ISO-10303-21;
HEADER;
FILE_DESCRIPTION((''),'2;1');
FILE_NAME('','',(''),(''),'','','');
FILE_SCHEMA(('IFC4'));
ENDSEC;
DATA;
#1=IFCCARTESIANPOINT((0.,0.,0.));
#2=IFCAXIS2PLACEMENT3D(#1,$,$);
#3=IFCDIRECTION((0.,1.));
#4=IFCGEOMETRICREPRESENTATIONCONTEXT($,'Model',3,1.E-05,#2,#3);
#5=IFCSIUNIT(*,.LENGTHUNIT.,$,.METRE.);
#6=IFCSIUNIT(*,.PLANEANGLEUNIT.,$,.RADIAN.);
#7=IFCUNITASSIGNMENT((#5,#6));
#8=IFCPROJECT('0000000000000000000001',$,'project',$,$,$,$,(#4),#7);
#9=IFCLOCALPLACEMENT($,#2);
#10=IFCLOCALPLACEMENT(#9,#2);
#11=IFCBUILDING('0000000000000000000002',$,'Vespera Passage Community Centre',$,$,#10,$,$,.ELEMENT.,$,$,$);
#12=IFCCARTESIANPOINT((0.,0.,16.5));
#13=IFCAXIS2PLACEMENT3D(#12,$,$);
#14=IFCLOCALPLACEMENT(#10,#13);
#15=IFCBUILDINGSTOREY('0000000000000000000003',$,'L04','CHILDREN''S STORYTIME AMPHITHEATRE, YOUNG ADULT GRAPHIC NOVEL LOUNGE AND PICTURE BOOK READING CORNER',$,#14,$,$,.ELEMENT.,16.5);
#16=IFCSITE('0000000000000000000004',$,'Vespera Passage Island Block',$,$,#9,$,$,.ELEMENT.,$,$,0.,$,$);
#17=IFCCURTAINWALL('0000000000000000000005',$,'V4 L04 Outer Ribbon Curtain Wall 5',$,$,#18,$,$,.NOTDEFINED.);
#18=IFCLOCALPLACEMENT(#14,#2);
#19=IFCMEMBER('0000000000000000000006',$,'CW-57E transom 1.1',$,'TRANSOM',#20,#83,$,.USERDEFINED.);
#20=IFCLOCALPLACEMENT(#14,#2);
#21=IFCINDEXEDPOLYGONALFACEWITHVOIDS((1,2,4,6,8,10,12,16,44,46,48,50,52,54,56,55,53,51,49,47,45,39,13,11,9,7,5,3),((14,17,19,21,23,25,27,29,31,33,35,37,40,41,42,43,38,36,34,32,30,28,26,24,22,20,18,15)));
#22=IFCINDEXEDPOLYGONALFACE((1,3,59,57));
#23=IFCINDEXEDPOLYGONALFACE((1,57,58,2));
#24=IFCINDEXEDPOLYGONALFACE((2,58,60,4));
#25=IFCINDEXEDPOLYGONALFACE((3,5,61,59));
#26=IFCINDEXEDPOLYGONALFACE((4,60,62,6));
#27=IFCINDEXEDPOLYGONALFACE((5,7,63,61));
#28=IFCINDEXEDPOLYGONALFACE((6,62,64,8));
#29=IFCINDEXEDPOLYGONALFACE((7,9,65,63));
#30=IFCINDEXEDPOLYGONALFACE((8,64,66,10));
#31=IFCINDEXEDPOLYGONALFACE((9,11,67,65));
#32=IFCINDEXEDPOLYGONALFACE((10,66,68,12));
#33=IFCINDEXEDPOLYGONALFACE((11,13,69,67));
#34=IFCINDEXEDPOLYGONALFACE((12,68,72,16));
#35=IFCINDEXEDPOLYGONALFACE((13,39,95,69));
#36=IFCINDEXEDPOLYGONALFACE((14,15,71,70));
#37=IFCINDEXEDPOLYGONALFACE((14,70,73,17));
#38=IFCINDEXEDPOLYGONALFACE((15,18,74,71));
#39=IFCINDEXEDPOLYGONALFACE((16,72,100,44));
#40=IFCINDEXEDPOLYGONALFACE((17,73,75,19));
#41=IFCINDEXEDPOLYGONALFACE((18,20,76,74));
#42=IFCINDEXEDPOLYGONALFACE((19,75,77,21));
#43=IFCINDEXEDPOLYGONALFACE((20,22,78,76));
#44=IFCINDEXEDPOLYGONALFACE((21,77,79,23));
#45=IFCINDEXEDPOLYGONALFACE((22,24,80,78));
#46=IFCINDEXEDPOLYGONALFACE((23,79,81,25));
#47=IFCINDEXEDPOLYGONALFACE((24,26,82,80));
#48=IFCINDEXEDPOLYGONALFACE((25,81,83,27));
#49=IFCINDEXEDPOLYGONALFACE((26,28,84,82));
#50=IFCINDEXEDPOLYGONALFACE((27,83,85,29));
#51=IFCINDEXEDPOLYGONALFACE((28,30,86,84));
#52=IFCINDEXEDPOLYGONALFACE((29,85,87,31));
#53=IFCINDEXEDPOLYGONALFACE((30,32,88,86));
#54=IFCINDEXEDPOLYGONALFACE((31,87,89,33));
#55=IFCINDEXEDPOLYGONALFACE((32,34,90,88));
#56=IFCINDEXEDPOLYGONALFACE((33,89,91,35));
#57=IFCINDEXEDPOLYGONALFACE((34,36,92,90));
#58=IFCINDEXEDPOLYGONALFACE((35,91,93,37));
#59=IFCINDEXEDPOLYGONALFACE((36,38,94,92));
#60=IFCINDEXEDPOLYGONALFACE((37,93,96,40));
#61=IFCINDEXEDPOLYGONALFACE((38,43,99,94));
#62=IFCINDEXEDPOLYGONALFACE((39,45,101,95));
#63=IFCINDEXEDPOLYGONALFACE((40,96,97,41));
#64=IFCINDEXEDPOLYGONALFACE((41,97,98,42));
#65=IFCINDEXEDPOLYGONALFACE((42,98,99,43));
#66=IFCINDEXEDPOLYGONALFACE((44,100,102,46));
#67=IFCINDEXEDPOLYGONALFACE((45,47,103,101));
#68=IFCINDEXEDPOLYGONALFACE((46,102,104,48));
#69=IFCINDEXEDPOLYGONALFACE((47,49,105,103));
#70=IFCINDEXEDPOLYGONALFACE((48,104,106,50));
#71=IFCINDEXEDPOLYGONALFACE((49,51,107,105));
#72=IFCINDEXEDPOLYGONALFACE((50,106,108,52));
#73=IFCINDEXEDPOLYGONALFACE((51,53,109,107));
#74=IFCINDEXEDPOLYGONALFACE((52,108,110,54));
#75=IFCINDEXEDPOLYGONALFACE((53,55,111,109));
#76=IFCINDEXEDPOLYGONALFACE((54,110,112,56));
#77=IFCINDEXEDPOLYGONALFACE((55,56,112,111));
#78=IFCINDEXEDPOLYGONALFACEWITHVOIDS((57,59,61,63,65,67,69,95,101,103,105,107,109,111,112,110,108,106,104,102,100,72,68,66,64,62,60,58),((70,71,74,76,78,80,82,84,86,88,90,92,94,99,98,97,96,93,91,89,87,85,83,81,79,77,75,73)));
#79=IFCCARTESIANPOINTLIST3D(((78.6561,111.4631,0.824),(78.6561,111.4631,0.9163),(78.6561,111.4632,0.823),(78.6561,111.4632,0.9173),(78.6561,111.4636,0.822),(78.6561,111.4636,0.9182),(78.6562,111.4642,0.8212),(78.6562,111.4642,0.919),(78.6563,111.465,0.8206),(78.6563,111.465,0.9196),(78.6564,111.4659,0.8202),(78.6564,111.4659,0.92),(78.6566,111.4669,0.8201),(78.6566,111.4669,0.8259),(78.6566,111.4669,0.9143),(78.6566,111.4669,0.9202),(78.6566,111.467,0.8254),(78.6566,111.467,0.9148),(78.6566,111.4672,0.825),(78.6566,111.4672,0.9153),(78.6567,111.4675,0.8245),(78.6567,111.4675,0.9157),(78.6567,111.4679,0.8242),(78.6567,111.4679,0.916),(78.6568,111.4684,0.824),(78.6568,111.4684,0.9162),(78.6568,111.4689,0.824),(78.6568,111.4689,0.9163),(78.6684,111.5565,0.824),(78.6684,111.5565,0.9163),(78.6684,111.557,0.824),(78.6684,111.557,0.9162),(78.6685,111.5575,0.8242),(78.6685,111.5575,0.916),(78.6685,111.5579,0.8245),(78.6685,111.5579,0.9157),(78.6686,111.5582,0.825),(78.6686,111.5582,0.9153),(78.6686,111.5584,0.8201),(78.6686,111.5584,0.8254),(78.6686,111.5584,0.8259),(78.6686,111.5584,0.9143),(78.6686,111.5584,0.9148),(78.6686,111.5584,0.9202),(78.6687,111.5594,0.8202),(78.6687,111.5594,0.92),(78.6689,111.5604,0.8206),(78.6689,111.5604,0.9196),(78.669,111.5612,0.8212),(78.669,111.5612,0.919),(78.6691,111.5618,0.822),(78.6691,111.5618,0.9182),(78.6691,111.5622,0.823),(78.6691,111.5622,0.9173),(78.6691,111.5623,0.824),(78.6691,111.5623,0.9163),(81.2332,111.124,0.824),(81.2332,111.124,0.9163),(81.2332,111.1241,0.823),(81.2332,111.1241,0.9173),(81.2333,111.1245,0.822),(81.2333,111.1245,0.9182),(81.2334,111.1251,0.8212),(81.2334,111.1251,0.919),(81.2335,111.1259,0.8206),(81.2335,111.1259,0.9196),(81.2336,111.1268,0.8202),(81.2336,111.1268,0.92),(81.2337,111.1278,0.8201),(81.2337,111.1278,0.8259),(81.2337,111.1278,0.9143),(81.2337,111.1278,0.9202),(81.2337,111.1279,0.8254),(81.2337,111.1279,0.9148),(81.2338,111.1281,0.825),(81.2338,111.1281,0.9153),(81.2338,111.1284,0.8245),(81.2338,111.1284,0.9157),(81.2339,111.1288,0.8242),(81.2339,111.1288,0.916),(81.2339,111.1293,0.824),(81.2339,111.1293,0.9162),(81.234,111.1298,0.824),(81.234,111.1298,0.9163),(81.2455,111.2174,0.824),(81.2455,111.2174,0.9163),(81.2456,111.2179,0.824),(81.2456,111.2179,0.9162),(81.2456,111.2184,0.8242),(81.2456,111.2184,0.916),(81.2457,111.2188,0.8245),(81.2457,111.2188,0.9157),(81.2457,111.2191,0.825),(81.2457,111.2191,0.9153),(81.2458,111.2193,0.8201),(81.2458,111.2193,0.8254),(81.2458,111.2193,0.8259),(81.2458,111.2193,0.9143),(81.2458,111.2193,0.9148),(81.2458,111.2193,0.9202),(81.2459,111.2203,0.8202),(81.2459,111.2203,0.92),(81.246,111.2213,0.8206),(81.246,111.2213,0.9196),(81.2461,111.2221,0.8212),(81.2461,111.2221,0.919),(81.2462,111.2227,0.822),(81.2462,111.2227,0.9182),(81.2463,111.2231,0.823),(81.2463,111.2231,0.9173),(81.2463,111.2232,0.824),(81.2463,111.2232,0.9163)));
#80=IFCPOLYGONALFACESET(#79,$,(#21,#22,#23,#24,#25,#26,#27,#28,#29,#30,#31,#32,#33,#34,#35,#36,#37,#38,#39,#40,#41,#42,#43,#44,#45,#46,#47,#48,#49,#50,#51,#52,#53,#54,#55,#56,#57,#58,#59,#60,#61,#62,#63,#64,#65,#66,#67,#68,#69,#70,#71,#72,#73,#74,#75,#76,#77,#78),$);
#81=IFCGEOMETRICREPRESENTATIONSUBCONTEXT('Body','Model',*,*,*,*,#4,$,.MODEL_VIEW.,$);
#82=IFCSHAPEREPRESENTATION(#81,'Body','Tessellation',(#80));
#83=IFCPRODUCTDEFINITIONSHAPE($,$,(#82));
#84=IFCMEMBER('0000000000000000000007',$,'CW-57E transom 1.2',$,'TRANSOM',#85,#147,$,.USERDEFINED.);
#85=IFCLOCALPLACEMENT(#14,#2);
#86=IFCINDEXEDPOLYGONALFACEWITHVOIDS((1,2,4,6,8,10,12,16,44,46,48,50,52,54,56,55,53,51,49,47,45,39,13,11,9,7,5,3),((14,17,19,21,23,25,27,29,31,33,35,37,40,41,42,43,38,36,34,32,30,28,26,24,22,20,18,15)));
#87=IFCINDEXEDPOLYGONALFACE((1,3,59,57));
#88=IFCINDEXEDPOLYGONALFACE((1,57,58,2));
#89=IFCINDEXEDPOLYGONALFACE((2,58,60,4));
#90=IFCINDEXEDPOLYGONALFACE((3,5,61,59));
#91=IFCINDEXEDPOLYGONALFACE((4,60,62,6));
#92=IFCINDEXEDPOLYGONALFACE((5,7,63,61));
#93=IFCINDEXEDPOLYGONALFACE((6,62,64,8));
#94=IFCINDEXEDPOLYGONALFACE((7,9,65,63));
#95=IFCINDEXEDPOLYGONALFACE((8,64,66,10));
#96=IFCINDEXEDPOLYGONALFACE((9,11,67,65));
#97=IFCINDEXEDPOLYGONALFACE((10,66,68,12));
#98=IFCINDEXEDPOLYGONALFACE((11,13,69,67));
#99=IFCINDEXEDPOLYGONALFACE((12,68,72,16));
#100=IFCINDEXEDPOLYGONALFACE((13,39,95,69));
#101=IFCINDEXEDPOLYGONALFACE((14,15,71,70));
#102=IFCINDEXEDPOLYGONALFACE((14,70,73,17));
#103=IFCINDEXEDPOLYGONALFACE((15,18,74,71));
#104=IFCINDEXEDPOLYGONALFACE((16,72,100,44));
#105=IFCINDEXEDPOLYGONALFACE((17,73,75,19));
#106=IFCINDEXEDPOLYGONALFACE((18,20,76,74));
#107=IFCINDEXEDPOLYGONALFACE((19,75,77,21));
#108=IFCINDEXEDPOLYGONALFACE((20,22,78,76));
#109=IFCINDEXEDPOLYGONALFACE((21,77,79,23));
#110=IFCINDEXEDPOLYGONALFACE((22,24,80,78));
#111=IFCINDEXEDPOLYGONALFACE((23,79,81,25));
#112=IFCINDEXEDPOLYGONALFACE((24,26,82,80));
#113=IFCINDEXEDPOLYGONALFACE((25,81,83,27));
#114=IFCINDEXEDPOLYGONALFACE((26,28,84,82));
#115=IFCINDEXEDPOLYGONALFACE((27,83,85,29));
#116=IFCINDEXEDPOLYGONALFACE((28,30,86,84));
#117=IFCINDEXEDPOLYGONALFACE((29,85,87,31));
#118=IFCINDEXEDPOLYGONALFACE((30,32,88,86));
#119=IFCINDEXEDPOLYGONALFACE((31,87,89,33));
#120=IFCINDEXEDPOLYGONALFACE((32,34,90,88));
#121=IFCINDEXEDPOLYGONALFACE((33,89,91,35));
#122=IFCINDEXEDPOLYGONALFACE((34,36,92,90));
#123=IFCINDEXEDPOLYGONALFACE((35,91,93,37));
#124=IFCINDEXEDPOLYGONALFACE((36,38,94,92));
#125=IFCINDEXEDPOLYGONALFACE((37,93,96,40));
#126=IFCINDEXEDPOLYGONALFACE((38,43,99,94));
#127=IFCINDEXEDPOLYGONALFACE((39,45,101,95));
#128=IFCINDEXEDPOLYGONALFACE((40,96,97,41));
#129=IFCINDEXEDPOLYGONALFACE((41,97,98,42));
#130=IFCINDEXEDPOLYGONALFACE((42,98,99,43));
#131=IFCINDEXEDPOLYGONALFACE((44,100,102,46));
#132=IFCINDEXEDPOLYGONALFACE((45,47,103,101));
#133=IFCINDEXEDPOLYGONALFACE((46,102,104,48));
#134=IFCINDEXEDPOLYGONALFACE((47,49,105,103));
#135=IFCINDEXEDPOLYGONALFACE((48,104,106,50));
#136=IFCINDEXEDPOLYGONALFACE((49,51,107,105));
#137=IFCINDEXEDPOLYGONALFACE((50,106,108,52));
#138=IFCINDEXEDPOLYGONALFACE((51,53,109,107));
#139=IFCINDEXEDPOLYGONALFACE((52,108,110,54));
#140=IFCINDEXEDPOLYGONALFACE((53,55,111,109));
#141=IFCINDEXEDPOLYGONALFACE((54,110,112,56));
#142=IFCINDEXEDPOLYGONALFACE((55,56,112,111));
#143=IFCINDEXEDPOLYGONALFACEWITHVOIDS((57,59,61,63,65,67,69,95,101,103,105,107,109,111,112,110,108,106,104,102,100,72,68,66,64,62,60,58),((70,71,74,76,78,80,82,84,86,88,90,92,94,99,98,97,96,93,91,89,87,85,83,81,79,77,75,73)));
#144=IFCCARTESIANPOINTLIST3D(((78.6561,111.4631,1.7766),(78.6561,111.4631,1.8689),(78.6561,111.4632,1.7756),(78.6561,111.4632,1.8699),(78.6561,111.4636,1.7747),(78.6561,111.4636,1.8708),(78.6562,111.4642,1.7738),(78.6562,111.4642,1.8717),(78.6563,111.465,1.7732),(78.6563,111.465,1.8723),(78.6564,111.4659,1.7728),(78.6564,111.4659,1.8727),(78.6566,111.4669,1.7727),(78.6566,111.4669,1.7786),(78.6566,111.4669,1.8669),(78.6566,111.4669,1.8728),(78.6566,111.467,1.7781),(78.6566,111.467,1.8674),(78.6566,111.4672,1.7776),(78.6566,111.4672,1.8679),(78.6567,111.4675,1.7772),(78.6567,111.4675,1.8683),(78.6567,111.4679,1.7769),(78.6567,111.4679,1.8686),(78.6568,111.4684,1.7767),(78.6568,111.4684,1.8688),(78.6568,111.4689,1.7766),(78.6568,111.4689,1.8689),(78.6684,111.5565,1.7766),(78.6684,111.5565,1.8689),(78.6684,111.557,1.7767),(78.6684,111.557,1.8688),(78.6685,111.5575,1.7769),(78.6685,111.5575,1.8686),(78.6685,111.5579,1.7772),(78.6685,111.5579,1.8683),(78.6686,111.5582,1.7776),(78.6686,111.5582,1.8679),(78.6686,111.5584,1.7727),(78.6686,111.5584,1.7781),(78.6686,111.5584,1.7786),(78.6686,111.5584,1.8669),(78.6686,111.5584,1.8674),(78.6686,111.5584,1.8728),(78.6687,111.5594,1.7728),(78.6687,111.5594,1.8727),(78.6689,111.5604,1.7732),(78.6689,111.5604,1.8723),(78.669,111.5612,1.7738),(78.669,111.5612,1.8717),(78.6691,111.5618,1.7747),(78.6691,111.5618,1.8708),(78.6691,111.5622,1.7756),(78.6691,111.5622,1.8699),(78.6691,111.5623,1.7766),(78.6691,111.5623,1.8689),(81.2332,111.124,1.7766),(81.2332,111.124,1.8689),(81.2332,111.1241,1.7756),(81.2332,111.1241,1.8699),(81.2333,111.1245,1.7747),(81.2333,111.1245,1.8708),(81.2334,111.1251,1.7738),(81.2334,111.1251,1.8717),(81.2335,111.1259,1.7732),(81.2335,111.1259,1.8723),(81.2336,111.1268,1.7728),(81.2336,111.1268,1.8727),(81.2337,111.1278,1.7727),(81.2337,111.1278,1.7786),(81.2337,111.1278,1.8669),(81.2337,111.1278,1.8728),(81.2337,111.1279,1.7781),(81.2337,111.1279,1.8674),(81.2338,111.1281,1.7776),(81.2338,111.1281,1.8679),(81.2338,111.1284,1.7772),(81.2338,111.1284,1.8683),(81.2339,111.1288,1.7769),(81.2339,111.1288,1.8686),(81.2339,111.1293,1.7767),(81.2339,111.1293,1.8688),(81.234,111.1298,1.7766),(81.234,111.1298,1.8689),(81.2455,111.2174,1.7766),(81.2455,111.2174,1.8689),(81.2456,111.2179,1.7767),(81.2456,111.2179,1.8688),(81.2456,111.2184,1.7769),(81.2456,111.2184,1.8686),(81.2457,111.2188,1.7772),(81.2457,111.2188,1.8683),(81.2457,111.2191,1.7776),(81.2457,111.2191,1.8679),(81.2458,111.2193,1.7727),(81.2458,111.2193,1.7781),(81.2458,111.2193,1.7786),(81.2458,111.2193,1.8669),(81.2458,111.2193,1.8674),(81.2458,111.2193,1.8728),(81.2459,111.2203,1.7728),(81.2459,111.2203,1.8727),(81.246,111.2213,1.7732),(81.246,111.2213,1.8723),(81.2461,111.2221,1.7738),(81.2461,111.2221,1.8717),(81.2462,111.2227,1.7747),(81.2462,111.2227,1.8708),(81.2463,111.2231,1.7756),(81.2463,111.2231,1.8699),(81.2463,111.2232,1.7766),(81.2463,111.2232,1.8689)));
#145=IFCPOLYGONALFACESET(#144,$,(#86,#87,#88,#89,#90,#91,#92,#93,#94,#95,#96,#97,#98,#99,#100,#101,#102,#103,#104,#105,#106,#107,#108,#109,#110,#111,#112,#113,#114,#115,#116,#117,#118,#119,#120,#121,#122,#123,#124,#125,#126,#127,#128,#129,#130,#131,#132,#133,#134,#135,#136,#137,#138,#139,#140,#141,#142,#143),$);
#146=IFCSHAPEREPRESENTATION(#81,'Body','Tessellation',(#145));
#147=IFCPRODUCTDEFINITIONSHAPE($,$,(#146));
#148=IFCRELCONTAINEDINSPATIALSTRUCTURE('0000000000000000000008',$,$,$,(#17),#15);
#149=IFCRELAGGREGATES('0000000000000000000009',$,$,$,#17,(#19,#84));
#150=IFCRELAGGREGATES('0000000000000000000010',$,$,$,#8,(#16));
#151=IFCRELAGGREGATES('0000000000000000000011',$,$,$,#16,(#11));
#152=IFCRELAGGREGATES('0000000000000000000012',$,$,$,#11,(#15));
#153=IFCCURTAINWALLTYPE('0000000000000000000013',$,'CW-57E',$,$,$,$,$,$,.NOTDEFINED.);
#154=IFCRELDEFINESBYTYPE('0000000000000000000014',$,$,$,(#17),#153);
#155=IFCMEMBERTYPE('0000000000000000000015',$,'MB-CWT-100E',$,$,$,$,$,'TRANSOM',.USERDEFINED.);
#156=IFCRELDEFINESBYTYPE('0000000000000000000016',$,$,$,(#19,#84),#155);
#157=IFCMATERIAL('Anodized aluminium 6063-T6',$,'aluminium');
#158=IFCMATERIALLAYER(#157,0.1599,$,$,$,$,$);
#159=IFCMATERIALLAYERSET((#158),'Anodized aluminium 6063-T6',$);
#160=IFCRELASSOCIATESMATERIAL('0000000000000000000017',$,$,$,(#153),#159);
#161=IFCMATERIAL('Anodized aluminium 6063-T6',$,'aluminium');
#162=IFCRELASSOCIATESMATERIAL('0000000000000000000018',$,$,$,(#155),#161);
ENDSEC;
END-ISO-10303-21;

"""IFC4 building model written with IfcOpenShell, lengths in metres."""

from ifc_helpers import new_model, si_unit, direction, frame, origin, origin_2d, place, context, subcontext, project, spatial, hollow_rectangle, extrude, material, layer, layer_set, material_profile, profile_set, type_object, element, aggregate, save


model = new_model("IFC4")

# Units and contexts
model_context = context("Model", 3, precision=1e-05, world=origin(), true_north=direction((0.0, 1.0)))
body_context = subcontext(model_context, "Body", "Model", "MODEL_VIEW")
ifc_project = project(units=[si_unit("LENGTHUNIT", "METRE"), si_unit("PLANEANGLEUNIT", "RADIAN")], contexts=[model_context])

# Site, building, storey
site_placement = place(None, origin())
site = spatial("IfcSite", under=ifc_project, at=site_placement, Name="Vespera Passage Island Block", CompositionType="ELEMENT", RefElevation=0.0)
building_placement = place(site_placement, origin())
building = spatial("IfcBuilding", under=site, at=building_placement, Name="Vespera Passage Community Centre", CompositionType="ELEMENT")
storey_placement = place(building_placement, frame((0.0, 0.0, 16.5)))
storey = spatial("IfcBuildingStorey", under=building, at=storey_placement, Name="L04", Description="CHILDREN'S STORYTIME AMPHITHEATRE, YOUNG ADULT GRAPHIC NOVEL LOUNGE AND PICTURE BOOK READING CORNER", CompositionType="ELEMENT", Elevation=16.5)

# Curtain wall, members
ifc_material_1 = material(Name="Anodized aluminium 6063-T6", Category="aluminium")
ifc_layer_1 = layer(ifc_material_1, 0.1599)
ifc_layer_set_1 = layer_set([ifc_layer_1], Name="Anodized aluminium 6063-T6")
curtain_wall_type = type_object("IfcCurtainWallType", Name="CW-57E", PredefinedType="NOTDEFINED", material=ifc_layer_set_1)
curtain_wall_placement = place(storey_placement, origin())
curtain_wall = element("IfcCurtainWall", 1, at=curtain_wall_placement, inside=storey, type_object=curtain_wall_type, Name="V4 L04 Outer Ribbon Curtain Wall 5", PredefinedType="NOTDEFINED")
ifc_material_2 = material(Name="Anodized aluminium 6063-T6", Category="aluminium")
ifc_material_profile_1 = material_profile(ifc_material_2, hollow_rectangle(XDim=0.1001, YDim=0.1001, WallThickness=0.0039, InnerFilletRadius=0.002, OuterFilletRadius=0.0039, at=origin_2d()), Name="ALU100X100X4")
ifc_profile_set_1 = profile_set([ifc_material_profile_1], Name="Anodized aluminium 6063-T6")
member_type_1 = type_object("IfcMemberType", Name="MB-CWT-100E", ElementType="TRANSOM", PredefinedType="USERDEFINED", material=ifc_profile_set_1)
member_1_placement = place(storey_placement, frame((78.6626, 111.5127, 0.8701), z_axis=(0.991454, -0.130459, 0.0), x_axis=(0.130459, 0.991454, 0.0)))
member_1 = element("IfcMember", 2, at=member_1_placement, type_object=member_type_1, Name="CW-57E transom 1.1", ObjectType="TRANSOM", PredefinedType="USERDEFINED", context=body_context, shape_type="SweptSolid", body=[
    extrude(hollow_rectangle(XDim=0.1001, YDim=0.1001, WallThickness=0.0039, InnerFilletRadius=0.002, OuterFilletRadius=0.0039, at=origin_2d()), origin(), (0.0, 0.0, 1.0), 2.5994),
])
member_2_placement = place(storey_placement, frame((78.6626, 111.5127, 1.8228), z_axis=(0.991454, -0.130459, 0.0), x_axis=(0.130459, 0.991454, 0.0)))
member_2 = element("IfcMember", 3, at=member_2_placement, type_object=member_type_1, Name="CW-57E transom 1.2", ObjectType="TRANSOM", PredefinedType="USERDEFINED", context=body_context, shape_type="SweptSolid", body=[
    extrude(hollow_rectangle(XDim=0.1001, YDim=0.1001, WallThickness=0.0039, InnerFilletRadius=0.002, OuterFilletRadius=0.0039, at=origin_2d()), origin(), (0.0, 0.0, 1.0), 2.5994),
])
aggregate(curtain_wall, [member_1, member_2])

save(model, "model.ifc")
